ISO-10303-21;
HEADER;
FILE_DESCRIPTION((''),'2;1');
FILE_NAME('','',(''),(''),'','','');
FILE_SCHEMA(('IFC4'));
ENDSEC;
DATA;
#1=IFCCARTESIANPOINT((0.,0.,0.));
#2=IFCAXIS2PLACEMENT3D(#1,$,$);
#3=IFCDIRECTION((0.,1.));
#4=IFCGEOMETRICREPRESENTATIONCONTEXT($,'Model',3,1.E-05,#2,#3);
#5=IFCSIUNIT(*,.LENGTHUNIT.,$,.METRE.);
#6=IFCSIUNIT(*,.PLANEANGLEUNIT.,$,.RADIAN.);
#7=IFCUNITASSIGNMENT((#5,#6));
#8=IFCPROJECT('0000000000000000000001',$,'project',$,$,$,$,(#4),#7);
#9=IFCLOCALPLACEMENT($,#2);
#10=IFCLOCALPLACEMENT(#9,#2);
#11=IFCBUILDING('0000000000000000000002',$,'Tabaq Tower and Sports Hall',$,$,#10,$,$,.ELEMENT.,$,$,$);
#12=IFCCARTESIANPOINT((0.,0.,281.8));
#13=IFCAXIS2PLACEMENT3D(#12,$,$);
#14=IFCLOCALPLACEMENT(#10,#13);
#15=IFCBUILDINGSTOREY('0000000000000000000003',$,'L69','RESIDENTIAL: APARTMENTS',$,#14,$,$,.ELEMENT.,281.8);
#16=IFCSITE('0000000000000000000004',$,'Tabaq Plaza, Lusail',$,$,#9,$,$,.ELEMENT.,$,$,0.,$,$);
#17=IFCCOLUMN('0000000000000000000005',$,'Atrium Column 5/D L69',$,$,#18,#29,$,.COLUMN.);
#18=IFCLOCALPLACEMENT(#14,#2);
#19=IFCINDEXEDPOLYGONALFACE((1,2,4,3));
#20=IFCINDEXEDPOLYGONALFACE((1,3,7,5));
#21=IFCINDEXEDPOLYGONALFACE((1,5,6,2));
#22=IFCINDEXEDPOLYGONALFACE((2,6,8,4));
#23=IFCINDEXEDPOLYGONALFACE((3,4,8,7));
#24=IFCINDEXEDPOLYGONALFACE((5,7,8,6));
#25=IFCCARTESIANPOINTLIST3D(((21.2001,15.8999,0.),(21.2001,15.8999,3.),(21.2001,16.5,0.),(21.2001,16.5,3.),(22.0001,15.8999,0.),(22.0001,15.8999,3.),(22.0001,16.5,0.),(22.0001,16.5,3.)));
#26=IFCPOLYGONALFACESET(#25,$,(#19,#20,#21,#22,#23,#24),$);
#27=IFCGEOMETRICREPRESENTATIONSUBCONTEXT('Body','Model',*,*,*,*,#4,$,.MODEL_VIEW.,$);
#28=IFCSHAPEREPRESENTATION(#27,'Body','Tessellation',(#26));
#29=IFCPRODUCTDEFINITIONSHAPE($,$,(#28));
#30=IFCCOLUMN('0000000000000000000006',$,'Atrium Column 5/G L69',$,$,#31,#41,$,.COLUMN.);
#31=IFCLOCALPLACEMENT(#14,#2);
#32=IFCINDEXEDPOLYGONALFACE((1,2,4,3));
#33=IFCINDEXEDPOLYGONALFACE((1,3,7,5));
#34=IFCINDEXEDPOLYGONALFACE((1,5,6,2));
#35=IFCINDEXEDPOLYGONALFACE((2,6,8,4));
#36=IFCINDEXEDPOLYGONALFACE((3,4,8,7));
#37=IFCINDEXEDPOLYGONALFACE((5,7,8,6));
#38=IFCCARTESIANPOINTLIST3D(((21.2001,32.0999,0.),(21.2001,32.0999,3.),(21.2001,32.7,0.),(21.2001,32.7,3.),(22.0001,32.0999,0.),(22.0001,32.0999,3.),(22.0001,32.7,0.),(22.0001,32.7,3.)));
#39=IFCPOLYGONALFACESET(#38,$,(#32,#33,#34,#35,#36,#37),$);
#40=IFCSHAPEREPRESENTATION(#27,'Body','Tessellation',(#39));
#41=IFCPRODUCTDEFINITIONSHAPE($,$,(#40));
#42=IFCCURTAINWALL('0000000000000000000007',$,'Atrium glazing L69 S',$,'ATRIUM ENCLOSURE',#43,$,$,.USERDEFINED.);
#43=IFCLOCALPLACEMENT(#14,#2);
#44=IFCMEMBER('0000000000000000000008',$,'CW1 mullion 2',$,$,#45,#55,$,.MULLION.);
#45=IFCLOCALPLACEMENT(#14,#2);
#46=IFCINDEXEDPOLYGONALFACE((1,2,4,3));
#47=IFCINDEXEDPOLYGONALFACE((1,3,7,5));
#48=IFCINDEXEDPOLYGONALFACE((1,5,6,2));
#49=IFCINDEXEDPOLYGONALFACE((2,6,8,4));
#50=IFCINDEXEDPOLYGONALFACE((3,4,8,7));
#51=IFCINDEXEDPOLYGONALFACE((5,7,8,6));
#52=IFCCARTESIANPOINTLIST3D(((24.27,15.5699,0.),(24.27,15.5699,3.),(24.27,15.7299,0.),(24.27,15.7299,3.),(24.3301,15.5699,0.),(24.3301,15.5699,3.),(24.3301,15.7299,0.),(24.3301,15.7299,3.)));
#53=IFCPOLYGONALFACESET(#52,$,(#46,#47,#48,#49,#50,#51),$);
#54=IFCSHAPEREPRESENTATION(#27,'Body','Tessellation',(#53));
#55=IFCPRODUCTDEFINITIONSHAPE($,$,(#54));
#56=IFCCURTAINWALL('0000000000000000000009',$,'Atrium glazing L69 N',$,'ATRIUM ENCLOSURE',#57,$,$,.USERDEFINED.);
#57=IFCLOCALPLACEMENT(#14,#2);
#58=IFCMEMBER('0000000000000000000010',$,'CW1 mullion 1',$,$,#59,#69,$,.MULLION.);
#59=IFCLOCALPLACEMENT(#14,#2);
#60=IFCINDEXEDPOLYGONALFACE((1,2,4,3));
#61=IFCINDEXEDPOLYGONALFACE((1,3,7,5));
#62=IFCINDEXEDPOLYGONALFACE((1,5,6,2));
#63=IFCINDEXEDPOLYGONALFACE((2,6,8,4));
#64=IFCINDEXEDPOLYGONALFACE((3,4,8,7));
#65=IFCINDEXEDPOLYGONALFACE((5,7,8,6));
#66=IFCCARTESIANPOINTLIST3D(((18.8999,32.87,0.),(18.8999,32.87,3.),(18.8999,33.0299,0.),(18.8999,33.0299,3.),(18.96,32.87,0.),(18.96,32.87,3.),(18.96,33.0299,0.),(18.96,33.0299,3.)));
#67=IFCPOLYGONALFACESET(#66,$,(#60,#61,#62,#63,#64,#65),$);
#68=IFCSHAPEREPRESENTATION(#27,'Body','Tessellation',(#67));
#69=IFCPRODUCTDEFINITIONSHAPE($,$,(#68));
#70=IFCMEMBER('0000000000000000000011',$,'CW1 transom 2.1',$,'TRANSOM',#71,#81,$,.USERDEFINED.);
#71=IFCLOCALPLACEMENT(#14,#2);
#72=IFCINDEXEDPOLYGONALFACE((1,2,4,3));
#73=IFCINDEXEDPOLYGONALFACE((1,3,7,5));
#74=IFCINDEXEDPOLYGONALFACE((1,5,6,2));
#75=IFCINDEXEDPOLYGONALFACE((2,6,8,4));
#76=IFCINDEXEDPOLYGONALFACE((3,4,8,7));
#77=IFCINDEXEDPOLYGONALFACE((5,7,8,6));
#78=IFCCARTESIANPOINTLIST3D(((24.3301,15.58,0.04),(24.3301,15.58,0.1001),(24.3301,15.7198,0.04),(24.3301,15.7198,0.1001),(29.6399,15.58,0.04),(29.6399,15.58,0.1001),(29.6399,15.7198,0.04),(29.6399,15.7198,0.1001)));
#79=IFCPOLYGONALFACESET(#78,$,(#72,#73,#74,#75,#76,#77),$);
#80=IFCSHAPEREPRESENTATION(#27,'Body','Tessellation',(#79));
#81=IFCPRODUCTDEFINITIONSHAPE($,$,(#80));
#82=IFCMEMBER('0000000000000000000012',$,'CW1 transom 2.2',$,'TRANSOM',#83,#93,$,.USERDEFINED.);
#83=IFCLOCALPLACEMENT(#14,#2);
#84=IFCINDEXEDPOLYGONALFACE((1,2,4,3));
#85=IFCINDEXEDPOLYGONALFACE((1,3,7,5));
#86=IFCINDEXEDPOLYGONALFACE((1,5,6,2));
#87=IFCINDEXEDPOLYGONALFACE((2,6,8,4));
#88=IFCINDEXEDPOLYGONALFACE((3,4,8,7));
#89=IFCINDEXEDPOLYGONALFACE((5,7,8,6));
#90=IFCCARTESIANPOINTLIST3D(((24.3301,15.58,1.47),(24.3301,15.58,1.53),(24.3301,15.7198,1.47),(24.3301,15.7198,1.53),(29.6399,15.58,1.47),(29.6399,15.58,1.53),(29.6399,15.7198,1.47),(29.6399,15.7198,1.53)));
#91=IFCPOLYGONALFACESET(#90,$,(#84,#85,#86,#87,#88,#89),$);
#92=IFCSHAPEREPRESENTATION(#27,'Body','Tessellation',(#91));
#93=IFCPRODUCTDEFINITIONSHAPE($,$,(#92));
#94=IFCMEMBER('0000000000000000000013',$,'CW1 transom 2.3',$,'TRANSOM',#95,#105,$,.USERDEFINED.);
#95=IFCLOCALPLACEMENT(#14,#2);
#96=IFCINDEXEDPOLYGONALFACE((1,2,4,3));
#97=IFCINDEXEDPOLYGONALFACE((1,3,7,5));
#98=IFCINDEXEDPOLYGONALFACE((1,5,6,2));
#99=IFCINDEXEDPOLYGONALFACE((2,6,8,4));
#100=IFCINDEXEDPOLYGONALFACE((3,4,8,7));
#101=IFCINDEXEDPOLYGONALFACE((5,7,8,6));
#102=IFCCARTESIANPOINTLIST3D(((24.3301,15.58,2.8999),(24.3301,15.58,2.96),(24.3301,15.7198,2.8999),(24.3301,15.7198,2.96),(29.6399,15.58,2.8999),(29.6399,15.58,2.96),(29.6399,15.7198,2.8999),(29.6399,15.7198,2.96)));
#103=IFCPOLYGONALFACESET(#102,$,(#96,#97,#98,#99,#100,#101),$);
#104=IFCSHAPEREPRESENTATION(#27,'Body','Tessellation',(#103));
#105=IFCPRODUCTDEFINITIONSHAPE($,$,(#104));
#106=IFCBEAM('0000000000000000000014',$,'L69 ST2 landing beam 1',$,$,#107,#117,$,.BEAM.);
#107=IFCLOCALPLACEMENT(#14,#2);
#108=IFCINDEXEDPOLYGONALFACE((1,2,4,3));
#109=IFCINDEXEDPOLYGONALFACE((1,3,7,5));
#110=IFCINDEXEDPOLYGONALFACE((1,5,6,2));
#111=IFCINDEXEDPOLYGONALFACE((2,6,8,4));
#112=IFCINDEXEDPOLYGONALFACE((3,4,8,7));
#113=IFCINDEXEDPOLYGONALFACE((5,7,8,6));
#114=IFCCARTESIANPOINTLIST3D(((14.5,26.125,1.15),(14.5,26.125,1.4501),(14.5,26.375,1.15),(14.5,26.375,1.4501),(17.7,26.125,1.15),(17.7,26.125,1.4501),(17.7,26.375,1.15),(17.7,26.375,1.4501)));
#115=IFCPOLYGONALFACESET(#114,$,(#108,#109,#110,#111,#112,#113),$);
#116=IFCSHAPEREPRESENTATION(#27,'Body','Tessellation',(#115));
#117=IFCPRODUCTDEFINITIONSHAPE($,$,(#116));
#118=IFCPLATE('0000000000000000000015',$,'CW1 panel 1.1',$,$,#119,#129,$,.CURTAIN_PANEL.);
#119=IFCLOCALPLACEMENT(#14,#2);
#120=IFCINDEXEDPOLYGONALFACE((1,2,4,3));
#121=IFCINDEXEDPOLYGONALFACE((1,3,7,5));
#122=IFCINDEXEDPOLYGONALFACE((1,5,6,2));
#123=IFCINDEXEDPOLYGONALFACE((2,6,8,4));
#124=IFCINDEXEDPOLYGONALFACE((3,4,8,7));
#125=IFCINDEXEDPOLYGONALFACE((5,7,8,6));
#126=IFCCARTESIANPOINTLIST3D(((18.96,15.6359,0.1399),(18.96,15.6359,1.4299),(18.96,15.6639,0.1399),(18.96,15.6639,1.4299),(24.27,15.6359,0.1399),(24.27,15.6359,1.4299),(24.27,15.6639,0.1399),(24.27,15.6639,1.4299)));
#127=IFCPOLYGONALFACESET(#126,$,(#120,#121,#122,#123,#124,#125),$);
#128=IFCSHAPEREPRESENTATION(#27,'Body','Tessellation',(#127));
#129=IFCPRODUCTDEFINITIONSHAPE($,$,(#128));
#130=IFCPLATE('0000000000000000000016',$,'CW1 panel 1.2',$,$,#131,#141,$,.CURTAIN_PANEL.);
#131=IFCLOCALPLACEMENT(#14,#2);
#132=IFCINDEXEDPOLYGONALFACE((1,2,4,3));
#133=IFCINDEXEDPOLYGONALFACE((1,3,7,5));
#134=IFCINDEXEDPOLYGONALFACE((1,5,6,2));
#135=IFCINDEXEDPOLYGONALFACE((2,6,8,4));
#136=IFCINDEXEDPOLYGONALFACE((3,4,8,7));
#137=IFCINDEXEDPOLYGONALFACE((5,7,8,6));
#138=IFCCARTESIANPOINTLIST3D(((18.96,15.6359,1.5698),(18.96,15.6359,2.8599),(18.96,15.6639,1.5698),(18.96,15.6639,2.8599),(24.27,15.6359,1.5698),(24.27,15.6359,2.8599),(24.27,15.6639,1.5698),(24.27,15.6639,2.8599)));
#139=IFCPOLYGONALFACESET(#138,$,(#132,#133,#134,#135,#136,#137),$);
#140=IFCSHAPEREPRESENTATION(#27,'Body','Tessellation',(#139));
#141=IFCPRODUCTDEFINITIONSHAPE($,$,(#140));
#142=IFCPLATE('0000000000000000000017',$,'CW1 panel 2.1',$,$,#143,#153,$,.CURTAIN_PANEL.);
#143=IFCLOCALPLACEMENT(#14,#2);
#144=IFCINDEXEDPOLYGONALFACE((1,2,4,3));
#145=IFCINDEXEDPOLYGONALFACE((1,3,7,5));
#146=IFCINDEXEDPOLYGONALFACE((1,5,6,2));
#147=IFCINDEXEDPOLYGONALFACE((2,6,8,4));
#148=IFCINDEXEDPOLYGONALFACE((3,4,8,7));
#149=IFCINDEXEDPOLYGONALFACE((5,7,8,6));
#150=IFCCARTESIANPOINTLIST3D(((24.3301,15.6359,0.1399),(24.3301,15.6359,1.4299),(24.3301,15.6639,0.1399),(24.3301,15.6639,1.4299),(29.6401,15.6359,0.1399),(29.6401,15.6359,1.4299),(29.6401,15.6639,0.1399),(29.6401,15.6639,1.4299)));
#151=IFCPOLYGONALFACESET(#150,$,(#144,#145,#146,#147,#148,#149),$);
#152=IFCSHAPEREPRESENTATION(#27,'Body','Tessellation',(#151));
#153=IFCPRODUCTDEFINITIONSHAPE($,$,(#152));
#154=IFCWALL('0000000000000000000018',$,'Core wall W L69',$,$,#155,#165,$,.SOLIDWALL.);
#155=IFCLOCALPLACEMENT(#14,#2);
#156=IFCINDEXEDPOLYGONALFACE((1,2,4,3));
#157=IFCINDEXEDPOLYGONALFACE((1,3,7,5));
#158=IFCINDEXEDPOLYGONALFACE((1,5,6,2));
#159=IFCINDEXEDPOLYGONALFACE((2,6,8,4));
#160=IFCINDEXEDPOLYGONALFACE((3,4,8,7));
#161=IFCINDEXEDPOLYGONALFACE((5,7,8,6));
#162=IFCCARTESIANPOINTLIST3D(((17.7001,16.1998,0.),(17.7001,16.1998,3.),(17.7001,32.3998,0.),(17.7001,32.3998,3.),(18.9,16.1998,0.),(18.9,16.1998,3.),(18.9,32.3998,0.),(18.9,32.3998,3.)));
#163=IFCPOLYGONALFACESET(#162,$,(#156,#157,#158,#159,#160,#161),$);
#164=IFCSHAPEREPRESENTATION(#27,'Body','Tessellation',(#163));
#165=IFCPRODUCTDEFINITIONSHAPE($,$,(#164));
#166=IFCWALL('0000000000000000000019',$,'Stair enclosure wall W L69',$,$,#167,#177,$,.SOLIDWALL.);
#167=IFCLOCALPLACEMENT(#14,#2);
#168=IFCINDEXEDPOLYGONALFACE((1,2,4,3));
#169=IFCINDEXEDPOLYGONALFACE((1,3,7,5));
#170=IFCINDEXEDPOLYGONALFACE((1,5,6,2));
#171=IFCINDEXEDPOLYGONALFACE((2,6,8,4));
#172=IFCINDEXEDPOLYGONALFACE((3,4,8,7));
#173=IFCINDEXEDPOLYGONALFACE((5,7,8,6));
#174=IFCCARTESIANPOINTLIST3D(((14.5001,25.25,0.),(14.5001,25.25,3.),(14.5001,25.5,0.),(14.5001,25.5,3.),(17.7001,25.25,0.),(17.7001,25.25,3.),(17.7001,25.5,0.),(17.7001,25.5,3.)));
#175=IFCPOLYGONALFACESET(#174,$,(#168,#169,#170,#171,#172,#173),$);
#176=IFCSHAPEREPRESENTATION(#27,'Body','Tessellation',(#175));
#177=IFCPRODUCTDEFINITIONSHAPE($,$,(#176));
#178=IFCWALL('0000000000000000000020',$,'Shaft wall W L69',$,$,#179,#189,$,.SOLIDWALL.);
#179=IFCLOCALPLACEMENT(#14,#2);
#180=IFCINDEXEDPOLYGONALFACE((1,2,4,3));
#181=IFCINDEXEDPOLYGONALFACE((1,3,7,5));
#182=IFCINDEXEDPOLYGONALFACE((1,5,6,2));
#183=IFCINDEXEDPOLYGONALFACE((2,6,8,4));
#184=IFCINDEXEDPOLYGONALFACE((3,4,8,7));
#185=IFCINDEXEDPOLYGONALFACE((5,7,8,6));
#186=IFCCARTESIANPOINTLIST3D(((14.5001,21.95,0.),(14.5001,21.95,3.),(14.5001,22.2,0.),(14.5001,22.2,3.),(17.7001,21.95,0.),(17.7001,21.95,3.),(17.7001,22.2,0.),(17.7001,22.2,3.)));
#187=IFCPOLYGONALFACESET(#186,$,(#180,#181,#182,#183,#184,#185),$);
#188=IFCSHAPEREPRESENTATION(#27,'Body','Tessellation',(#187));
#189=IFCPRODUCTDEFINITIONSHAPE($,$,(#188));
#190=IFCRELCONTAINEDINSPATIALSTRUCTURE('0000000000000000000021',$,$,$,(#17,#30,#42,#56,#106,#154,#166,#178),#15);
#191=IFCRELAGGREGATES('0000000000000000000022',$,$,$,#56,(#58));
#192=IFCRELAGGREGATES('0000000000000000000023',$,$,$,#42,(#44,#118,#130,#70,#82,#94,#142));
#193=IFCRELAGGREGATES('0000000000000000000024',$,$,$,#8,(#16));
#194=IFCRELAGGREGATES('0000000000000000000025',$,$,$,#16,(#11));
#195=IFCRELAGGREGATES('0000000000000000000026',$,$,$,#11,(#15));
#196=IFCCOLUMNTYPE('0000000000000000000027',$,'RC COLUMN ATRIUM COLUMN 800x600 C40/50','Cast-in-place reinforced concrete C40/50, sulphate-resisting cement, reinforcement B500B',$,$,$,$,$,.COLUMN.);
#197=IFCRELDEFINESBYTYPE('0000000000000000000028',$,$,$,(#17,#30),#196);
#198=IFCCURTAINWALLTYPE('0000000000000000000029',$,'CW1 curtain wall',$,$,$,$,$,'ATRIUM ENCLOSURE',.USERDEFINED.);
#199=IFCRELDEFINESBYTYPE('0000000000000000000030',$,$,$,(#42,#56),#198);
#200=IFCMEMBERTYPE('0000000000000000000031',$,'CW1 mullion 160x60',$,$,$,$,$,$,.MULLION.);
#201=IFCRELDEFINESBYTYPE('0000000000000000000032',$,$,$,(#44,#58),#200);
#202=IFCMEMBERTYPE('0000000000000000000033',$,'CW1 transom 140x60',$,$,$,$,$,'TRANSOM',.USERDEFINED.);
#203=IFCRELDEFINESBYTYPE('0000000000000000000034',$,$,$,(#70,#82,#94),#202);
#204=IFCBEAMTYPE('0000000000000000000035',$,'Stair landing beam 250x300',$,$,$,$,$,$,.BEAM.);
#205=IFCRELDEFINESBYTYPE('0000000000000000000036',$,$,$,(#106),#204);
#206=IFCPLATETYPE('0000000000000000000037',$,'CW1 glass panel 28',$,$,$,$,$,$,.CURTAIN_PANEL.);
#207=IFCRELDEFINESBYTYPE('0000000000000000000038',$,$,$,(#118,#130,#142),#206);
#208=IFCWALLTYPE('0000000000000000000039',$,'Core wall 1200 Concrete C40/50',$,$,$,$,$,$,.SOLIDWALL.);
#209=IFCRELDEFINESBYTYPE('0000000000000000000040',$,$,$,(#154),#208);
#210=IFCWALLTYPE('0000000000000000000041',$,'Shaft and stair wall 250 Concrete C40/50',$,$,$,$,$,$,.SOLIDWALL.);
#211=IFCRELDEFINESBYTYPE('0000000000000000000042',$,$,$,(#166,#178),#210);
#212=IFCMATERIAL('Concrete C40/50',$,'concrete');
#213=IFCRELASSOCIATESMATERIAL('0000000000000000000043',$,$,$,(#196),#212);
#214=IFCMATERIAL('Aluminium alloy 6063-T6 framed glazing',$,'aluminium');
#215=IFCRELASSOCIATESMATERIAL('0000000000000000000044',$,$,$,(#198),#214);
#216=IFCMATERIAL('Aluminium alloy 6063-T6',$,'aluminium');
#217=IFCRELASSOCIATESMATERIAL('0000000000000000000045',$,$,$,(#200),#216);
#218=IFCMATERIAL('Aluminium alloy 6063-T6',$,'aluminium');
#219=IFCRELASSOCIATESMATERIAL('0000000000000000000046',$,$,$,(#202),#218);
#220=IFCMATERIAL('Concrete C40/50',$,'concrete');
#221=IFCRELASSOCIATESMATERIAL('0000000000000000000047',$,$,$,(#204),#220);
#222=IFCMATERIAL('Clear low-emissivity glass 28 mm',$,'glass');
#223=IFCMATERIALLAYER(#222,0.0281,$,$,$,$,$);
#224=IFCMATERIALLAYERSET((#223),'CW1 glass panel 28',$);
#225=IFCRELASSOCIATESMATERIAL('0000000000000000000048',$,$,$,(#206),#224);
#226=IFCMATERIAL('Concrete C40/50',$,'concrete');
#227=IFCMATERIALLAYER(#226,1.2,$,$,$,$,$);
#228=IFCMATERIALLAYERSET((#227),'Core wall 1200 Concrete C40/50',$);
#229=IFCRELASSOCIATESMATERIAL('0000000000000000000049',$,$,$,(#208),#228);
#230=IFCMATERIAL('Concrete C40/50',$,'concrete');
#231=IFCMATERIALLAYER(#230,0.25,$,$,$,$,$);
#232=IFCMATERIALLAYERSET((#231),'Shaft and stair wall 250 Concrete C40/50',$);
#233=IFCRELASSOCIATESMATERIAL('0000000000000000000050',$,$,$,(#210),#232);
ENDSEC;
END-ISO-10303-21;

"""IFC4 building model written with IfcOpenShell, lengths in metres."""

from ifc_helpers import new_model, si_unit, direction, frame, frame_2d, origin, origin_2d, place, context, subcontext, project, spatial, rectangle, extrude, material, layer, layer_set, material_profile, profile_set, type_object, element, aggregate, save


model = new_model("IFC4")

# Units and contexts
model_context = context("Model", 3, precision=1e-05, world=origin(), true_north=direction((0.0, 1.0)))
body_context = subcontext(model_context, "Body", "Model", "MODEL_VIEW")
ifc_project = project(units=[si_unit("LENGTHUNIT", "METRE"), si_unit("PLANEANGLEUNIT", "RADIAN")], contexts=[model_context])

# Site, building, storey
site_placement = place(None, origin())
site = spatial("IfcSite", under=ifc_project, at=site_placement, Name="Tabaq Plaza, Lusail", CompositionType="ELEMENT", RefElevation=0.0)
building_placement = place(site_placement, origin())
building = spatial("IfcBuilding", under=site, at=building_placement, Name="Tabaq Tower and Sports Hall", CompositionType="ELEMENT")
storey_placement = place(building_placement, frame((0.0, 0.0, 281.8)))
storey = spatial("IfcBuildingStorey", under=building, at=storey_placement, Name="L69", Description="RESIDENTIAL: APARTMENTS", CompositionType="ELEMENT", Elevation=281.8)

# Columns
ifc_material_1 = material(Name="Concrete C40/50", Category="concrete")
ifc_material_profile_1 = material_profile(ifc_material_1, rectangle(XDim=0.8, YDim=0.6001, at=origin_2d()), Name="ATRIUM COLUMN 800x600")
ifc_profile_set_1 = profile_set([ifc_material_profile_1], Name="Concrete C40/50")
column_type = type_object("IfcColumnType", Name="RC COLUMN ATRIUM COLUMN 800x600 C40/50", Description="Cast-in-place reinforced concrete C40/50, sulphate-resisting cement, reinforcement B500B", PredefinedType="COLUMN", material=ifc_profile_set_1)
for number, where, z_axis, x_axis, name in (
    (1, (21.6001, 16.2, 0.0), (0.0, 0.0, 1.0), (1.0, 0.0, 0.0), "Atrium Column 5/D L69"),
    (2, (21.6001, 32.3999, 0.0), (0.0, 0.0, 1.0), (1.0, 0.0, 0.0), "Atrium Column 5/G L69"),
):
    element("IfcColumn", number, at=place(storey_placement, frame(where, z_axis=z_axis, x_axis=x_axis)), inside=storey, type_object=column_type, Name=name, PredefinedType="COLUMN", context=body_context, shape_type="SweptSolid", body=[
        extrude(rectangle(XDim=0.8, YDim=0.6001, at=origin_2d()), origin(), (0.0, 0.0, 1.0), 3.0),
    ])

# Curtain walls, members
ifc_material_2 = material(Name="Aluminium alloy 6063-T6 framed glazing", Category="aluminium")
curtain_wall_type = type_object("IfcCurtainWallType", Name="CW1 curtain wall", ElementType="ATRIUM ENCLOSURE", PredefinedType="USERDEFINED", material=ifc_material_2)
curtain_wall_1_placement = place(storey_placement, origin())
curtain_wall_1 = element("IfcCurtainWall", 3, at=curtain_wall_1_placement, inside=storey, type_object=curtain_wall_type, Name="Atrium glazing L69 S", ObjectType="ATRIUM ENCLOSURE", PredefinedType="USERDEFINED")
ifc_material_3 = material(Name="Aluminium alloy 6063-T6", Category="aluminium")
ifc_material_profile_2 = material_profile(ifc_material_3, rectangle(XDim=0.1599, YDim=0.0601, at=origin_2d()), Name="MULLION 160x60")
ifc_profile_set_2 = profile_set([ifc_material_profile_2], Name="Aluminium alloy 6063-T6")
member_type_1 = type_object("IfcMemberType", Name="CW1 mullion 160x60", PredefinedType="MULLION", material=ifc_profile_set_2)
member_1_placement = place(storey_placement, frame((24.3, 15.6499, 0.0), z_axis=(0.0, 0.0, 1.0), x_axis=(0.0, 1.0, 0.0)))
member_1 = element("IfcMember", 4, at=member_1_placement, type_object=member_type_1, Name="CW1 mullion 2", PredefinedType="MULLION", context=body_context, shape_type="SweptSolid", body=[
    extrude(rectangle(XDim=0.1599, YDim=0.0601, at=origin_2d()), origin(), (0.0, 0.0, 1.0), 3.0),
])
curtain_wall_2_placement = place(storey_placement, origin())
curtain_wall_2 = element("IfcCurtainWall", 5, at=curtain_wall_2_placement, inside=storey, type_object=curtain_wall_type, Name="Atrium glazing L69 N", ObjectType="ATRIUM ENCLOSURE", PredefinedType="USERDEFINED")
member_2_placement = place(storey_placement, frame((18.9299, 32.95, 0.0), z_axis=(0.0, 0.0, 1.0), x_axis=(0.0, 1.0, 0.0)))
member_2 = element("IfcMember", 6, at=member_2_placement, type_object=member_type_1, Name="CW1 mullion 1", PredefinedType="MULLION", context=body_context, shape_type="SweptSolid", body=[
    extrude(rectangle(XDim=0.1599, YDim=0.0601, at=origin_2d()), origin(), (0.0, 0.0, 1.0), 3.0),
])
aggregate(curtain_wall_2, [member_2])

# Members
ifc_material_4 = material(Name="Aluminium alloy 6063-T6", Category="aluminium")
ifc_material_profile_3 = material_profile(ifc_material_4, rectangle(XDim=0.1399, YDim=0.0601, at=origin_2d()), Name="TRANSOM 140x60")
ifc_profile_set_3 = profile_set([ifc_material_profile_3], Name="Aluminium alloy 6063-T6")
member_type_2 = type_object("IfcMemberType", Name="CW1 transom 140x60", ElementType="TRANSOM", PredefinedType="USERDEFINED", material=ifc_profile_set_3)
member_3_placement = place(storey_placement, frame((24.3301, 15.6499, 0.0701), z_axis=(1.0, 0.0, 0.0), x_axis=(0.0, 1.0, 0.0)))
member_3 = element("IfcMember", 7, at=member_3_placement, type_object=member_type_2, Name="CW1 transom 2.1", ObjectType="TRANSOM", PredefinedType="USERDEFINED", context=body_context, shape_type="SweptSolid", body=[
    extrude(rectangle(XDim=0.1399, YDim=0.0601, at=origin_2d()), origin(), (0.0, 0.0, 1.0), 5.3098),
])
member_4_placement = place(storey_placement, frame((24.3301, 15.6499, 1.5), z_axis=(1.0, 0.0, 0.0), x_axis=(0.0, 1.0, 0.0)))
member_4 = element("IfcMember", 8, at=member_4_placement, type_object=member_type_2, Name="CW1 transom 2.2", ObjectType="TRANSOM", PredefinedType="USERDEFINED", context=body_context, shape_type="SweptSolid", body=[
    extrude(rectangle(XDim=0.1399, YDim=0.0601, at=origin_2d()), origin(), (0.0, 0.0, 1.0), 5.3098),
])
member_5_placement = place(storey_placement, frame((24.3301, 15.6499, 2.9299), z_axis=(1.0, 0.0, 0.0), x_axis=(0.0, 1.0, 0.0)))
member_5 = element("IfcMember", 9, at=member_5_placement, type_object=member_type_2, Name="CW1 transom 2.3", ObjectType="TRANSOM", PredefinedType="USERDEFINED", context=body_context, shape_type="SweptSolid", body=[
    extrude(rectangle(XDim=0.1399, YDim=0.0601, at=origin_2d()), origin(), (0.0, 0.0, 1.0), 5.3098),
])

# Beam
ifc_material_5 = material(Name="Concrete C40/50", Category="concrete")
ifc_material_profile_4 = material_profile(ifc_material_5, rectangle(XDim=0.25, YDim=0.3, at=origin_2d()), Name="RC 250x300")
ifc_profile_set_4 = profile_set([ifc_material_profile_4], Name="Concrete C40/50")
beam_type = type_object("IfcBeamType", Name="Stair landing beam 250x300", PredefinedType="BEAM", material=ifc_profile_set_4)
beam_placement = place(storey_placement, frame((14.5, 26.25, 1.3), z_axis=(1.0, 0.0, 0.0), x_axis=(0.0, 1.0, 0.0)))
element("IfcBeam", 10, at=beam_placement, inside=storey, type_object=beam_type, Name="L69 ST2 landing beam 1", PredefinedType="BEAM", context=body_context, shape_type="SweptSolid", body=[
    extrude(rectangle(XDim=0.25, YDim=0.3, at=origin_2d()), origin(), (0.0, 0.0, 1.0), 3.2),
])

# Plates
ifc_material_6 = material(Name="Clear low-emissivity glass 28 mm", Category="glass")
ifc_layer_1 = layer(ifc_material_6, 0.0281)
ifc_layer_set_1 = layer_set([ifc_layer_1], Name="CW1 glass panel 28")
plate_type = type_object("IfcPlateType", Name="CW1 glass panel 28", PredefinedType="CURTAIN_PANEL", material=ifc_layer_set_1)
plate_1_placement = place(storey_placement, frame((21.615, 15.6499, 0.1399), z_axis=(0.0, 0.0, 1.0), x_axis=(1.0, 0.0, 0.0)))
plate_1 = element("IfcPlate", 11, at=plate_1_placement, type_object=plate_type, Name="CW1 panel 1.1", PredefinedType="CURTAIN_PANEL", context=body_context, shape_type="SweptSolid", body=[
    extrude(rectangle(XDim=5.3101, YDim=0.0281, at=origin_2d()), origin(), (0.0, 0.0, 1.0), 1.29),
])
plate_2_placement = place(storey_placement, frame((21.615, 15.6499, 1.5698), z_axis=(0.0, 0.0, 1.0), x_axis=(1.0, 0.0, 0.0)))
plate_2 = element("IfcPlate", 12, at=plate_2_placement, type_object=plate_type, Name="CW1 panel 1.2", PredefinedType="CURTAIN_PANEL", context=body_context, shape_type="SweptSolid", body=[
    extrude(rectangle(XDim=5.3101, YDim=0.0281, at=origin_2d()), origin(), (0.0, 0.0, 1.0), 1.29),
])
plate_3_placement = place(storey_placement, frame((26.9851, 15.6499, 0.1399), z_axis=(0.0, 0.0, 1.0), x_axis=(1.0, 0.0, 0.0)))
plate_3 = element("IfcPlate", 13, at=plate_3_placement, type_object=plate_type, Name="CW1 panel 2.1", PredefinedType="CURTAIN_PANEL", context=body_context, shape_type="SweptSolid", body=[
    extrude(rectangle(XDim=5.3101, YDim=0.0281, at=origin_2d()), origin(), (0.0, 0.0, 1.0), 1.29),
])
aggregate(curtain_wall_1, [member_1, plate_1, plate_2, member_3, member_4, member_5, plate_3])

# Wall
ifc_material_7 = material(Name="Concrete C40/50", Category="concrete")
ifc_layer_2 = layer(ifc_material_7, 1.2)
ifc_layer_set_2 = layer_set([ifc_layer_2], Name="Core wall 1200 Concrete C40/50")
wall_type_1 = type_object("IfcWallType", Name="Core wall 1200 Concrete C40/50", PredefinedType="SOLIDWALL", material=ifc_layer_set_2)
wall_1_placement = place(storey_placement, frame((18.3, 32.3999, 0.0), z_axis=(0.0, 0.0, 1.0), x_axis=(0.0, -1.0, 0.0)))
element("IfcWall", 14, at=wall_1_placement, inside=storey, type_object=wall_type_1, Name="Core wall W L69", PredefinedType="SOLIDWALL", context=body_context, shape_type="SweptSolid", body=[
    extrude(rectangle(XDim=16.2, YDim=1.2, at=frame_2d((8.1001, 0.0))), origin(), (0.0, 0.0, 1.0), 3.0),
])

# Walls
ifc_material_8 = material(Name="Concrete C40/50", Category="concrete")
ifc_layer_3 = layer(ifc_material_8, 0.25)
ifc_layer_set_3 = layer_set([ifc_layer_3], Name="Shaft and stair wall 250 Concrete C40/50")
wall_type_2 = type_object("IfcWallType", Name="Shaft and stair wall 250 Concrete C40/50", PredefinedType="SOLIDWALL", material=ifc_layer_set_3)
for number, where, z_axis, x_axis, name in (
    (15, (14.5, 25.375, 0.0), (0.0, 0.0, 1.0), (1.0, 0.0, 0.0), "Stair enclosure wall W L69"),
    (16, (14.5, 22.075, 0.0), (0.0, 0.0, 1.0), (1.0, 0.0, 0.0), "Shaft wall W L69"),
):
    element("IfcWall", number, at=place(storey_placement, frame(where, z_axis=z_axis, x_axis=x_axis)), inside=storey, type_object=wall_type_2, Name=name, PredefinedType="SOLIDWALL", context=body_context, shape_type="SweptSolid", body=[
        extrude(rectangle(XDim=3.2, YDim=0.25, at=frame_2d((1.6001, 0.0))), origin(), (0.0, 0.0, 1.0), 3.0),
    ])

save(model, "model.ifc")
